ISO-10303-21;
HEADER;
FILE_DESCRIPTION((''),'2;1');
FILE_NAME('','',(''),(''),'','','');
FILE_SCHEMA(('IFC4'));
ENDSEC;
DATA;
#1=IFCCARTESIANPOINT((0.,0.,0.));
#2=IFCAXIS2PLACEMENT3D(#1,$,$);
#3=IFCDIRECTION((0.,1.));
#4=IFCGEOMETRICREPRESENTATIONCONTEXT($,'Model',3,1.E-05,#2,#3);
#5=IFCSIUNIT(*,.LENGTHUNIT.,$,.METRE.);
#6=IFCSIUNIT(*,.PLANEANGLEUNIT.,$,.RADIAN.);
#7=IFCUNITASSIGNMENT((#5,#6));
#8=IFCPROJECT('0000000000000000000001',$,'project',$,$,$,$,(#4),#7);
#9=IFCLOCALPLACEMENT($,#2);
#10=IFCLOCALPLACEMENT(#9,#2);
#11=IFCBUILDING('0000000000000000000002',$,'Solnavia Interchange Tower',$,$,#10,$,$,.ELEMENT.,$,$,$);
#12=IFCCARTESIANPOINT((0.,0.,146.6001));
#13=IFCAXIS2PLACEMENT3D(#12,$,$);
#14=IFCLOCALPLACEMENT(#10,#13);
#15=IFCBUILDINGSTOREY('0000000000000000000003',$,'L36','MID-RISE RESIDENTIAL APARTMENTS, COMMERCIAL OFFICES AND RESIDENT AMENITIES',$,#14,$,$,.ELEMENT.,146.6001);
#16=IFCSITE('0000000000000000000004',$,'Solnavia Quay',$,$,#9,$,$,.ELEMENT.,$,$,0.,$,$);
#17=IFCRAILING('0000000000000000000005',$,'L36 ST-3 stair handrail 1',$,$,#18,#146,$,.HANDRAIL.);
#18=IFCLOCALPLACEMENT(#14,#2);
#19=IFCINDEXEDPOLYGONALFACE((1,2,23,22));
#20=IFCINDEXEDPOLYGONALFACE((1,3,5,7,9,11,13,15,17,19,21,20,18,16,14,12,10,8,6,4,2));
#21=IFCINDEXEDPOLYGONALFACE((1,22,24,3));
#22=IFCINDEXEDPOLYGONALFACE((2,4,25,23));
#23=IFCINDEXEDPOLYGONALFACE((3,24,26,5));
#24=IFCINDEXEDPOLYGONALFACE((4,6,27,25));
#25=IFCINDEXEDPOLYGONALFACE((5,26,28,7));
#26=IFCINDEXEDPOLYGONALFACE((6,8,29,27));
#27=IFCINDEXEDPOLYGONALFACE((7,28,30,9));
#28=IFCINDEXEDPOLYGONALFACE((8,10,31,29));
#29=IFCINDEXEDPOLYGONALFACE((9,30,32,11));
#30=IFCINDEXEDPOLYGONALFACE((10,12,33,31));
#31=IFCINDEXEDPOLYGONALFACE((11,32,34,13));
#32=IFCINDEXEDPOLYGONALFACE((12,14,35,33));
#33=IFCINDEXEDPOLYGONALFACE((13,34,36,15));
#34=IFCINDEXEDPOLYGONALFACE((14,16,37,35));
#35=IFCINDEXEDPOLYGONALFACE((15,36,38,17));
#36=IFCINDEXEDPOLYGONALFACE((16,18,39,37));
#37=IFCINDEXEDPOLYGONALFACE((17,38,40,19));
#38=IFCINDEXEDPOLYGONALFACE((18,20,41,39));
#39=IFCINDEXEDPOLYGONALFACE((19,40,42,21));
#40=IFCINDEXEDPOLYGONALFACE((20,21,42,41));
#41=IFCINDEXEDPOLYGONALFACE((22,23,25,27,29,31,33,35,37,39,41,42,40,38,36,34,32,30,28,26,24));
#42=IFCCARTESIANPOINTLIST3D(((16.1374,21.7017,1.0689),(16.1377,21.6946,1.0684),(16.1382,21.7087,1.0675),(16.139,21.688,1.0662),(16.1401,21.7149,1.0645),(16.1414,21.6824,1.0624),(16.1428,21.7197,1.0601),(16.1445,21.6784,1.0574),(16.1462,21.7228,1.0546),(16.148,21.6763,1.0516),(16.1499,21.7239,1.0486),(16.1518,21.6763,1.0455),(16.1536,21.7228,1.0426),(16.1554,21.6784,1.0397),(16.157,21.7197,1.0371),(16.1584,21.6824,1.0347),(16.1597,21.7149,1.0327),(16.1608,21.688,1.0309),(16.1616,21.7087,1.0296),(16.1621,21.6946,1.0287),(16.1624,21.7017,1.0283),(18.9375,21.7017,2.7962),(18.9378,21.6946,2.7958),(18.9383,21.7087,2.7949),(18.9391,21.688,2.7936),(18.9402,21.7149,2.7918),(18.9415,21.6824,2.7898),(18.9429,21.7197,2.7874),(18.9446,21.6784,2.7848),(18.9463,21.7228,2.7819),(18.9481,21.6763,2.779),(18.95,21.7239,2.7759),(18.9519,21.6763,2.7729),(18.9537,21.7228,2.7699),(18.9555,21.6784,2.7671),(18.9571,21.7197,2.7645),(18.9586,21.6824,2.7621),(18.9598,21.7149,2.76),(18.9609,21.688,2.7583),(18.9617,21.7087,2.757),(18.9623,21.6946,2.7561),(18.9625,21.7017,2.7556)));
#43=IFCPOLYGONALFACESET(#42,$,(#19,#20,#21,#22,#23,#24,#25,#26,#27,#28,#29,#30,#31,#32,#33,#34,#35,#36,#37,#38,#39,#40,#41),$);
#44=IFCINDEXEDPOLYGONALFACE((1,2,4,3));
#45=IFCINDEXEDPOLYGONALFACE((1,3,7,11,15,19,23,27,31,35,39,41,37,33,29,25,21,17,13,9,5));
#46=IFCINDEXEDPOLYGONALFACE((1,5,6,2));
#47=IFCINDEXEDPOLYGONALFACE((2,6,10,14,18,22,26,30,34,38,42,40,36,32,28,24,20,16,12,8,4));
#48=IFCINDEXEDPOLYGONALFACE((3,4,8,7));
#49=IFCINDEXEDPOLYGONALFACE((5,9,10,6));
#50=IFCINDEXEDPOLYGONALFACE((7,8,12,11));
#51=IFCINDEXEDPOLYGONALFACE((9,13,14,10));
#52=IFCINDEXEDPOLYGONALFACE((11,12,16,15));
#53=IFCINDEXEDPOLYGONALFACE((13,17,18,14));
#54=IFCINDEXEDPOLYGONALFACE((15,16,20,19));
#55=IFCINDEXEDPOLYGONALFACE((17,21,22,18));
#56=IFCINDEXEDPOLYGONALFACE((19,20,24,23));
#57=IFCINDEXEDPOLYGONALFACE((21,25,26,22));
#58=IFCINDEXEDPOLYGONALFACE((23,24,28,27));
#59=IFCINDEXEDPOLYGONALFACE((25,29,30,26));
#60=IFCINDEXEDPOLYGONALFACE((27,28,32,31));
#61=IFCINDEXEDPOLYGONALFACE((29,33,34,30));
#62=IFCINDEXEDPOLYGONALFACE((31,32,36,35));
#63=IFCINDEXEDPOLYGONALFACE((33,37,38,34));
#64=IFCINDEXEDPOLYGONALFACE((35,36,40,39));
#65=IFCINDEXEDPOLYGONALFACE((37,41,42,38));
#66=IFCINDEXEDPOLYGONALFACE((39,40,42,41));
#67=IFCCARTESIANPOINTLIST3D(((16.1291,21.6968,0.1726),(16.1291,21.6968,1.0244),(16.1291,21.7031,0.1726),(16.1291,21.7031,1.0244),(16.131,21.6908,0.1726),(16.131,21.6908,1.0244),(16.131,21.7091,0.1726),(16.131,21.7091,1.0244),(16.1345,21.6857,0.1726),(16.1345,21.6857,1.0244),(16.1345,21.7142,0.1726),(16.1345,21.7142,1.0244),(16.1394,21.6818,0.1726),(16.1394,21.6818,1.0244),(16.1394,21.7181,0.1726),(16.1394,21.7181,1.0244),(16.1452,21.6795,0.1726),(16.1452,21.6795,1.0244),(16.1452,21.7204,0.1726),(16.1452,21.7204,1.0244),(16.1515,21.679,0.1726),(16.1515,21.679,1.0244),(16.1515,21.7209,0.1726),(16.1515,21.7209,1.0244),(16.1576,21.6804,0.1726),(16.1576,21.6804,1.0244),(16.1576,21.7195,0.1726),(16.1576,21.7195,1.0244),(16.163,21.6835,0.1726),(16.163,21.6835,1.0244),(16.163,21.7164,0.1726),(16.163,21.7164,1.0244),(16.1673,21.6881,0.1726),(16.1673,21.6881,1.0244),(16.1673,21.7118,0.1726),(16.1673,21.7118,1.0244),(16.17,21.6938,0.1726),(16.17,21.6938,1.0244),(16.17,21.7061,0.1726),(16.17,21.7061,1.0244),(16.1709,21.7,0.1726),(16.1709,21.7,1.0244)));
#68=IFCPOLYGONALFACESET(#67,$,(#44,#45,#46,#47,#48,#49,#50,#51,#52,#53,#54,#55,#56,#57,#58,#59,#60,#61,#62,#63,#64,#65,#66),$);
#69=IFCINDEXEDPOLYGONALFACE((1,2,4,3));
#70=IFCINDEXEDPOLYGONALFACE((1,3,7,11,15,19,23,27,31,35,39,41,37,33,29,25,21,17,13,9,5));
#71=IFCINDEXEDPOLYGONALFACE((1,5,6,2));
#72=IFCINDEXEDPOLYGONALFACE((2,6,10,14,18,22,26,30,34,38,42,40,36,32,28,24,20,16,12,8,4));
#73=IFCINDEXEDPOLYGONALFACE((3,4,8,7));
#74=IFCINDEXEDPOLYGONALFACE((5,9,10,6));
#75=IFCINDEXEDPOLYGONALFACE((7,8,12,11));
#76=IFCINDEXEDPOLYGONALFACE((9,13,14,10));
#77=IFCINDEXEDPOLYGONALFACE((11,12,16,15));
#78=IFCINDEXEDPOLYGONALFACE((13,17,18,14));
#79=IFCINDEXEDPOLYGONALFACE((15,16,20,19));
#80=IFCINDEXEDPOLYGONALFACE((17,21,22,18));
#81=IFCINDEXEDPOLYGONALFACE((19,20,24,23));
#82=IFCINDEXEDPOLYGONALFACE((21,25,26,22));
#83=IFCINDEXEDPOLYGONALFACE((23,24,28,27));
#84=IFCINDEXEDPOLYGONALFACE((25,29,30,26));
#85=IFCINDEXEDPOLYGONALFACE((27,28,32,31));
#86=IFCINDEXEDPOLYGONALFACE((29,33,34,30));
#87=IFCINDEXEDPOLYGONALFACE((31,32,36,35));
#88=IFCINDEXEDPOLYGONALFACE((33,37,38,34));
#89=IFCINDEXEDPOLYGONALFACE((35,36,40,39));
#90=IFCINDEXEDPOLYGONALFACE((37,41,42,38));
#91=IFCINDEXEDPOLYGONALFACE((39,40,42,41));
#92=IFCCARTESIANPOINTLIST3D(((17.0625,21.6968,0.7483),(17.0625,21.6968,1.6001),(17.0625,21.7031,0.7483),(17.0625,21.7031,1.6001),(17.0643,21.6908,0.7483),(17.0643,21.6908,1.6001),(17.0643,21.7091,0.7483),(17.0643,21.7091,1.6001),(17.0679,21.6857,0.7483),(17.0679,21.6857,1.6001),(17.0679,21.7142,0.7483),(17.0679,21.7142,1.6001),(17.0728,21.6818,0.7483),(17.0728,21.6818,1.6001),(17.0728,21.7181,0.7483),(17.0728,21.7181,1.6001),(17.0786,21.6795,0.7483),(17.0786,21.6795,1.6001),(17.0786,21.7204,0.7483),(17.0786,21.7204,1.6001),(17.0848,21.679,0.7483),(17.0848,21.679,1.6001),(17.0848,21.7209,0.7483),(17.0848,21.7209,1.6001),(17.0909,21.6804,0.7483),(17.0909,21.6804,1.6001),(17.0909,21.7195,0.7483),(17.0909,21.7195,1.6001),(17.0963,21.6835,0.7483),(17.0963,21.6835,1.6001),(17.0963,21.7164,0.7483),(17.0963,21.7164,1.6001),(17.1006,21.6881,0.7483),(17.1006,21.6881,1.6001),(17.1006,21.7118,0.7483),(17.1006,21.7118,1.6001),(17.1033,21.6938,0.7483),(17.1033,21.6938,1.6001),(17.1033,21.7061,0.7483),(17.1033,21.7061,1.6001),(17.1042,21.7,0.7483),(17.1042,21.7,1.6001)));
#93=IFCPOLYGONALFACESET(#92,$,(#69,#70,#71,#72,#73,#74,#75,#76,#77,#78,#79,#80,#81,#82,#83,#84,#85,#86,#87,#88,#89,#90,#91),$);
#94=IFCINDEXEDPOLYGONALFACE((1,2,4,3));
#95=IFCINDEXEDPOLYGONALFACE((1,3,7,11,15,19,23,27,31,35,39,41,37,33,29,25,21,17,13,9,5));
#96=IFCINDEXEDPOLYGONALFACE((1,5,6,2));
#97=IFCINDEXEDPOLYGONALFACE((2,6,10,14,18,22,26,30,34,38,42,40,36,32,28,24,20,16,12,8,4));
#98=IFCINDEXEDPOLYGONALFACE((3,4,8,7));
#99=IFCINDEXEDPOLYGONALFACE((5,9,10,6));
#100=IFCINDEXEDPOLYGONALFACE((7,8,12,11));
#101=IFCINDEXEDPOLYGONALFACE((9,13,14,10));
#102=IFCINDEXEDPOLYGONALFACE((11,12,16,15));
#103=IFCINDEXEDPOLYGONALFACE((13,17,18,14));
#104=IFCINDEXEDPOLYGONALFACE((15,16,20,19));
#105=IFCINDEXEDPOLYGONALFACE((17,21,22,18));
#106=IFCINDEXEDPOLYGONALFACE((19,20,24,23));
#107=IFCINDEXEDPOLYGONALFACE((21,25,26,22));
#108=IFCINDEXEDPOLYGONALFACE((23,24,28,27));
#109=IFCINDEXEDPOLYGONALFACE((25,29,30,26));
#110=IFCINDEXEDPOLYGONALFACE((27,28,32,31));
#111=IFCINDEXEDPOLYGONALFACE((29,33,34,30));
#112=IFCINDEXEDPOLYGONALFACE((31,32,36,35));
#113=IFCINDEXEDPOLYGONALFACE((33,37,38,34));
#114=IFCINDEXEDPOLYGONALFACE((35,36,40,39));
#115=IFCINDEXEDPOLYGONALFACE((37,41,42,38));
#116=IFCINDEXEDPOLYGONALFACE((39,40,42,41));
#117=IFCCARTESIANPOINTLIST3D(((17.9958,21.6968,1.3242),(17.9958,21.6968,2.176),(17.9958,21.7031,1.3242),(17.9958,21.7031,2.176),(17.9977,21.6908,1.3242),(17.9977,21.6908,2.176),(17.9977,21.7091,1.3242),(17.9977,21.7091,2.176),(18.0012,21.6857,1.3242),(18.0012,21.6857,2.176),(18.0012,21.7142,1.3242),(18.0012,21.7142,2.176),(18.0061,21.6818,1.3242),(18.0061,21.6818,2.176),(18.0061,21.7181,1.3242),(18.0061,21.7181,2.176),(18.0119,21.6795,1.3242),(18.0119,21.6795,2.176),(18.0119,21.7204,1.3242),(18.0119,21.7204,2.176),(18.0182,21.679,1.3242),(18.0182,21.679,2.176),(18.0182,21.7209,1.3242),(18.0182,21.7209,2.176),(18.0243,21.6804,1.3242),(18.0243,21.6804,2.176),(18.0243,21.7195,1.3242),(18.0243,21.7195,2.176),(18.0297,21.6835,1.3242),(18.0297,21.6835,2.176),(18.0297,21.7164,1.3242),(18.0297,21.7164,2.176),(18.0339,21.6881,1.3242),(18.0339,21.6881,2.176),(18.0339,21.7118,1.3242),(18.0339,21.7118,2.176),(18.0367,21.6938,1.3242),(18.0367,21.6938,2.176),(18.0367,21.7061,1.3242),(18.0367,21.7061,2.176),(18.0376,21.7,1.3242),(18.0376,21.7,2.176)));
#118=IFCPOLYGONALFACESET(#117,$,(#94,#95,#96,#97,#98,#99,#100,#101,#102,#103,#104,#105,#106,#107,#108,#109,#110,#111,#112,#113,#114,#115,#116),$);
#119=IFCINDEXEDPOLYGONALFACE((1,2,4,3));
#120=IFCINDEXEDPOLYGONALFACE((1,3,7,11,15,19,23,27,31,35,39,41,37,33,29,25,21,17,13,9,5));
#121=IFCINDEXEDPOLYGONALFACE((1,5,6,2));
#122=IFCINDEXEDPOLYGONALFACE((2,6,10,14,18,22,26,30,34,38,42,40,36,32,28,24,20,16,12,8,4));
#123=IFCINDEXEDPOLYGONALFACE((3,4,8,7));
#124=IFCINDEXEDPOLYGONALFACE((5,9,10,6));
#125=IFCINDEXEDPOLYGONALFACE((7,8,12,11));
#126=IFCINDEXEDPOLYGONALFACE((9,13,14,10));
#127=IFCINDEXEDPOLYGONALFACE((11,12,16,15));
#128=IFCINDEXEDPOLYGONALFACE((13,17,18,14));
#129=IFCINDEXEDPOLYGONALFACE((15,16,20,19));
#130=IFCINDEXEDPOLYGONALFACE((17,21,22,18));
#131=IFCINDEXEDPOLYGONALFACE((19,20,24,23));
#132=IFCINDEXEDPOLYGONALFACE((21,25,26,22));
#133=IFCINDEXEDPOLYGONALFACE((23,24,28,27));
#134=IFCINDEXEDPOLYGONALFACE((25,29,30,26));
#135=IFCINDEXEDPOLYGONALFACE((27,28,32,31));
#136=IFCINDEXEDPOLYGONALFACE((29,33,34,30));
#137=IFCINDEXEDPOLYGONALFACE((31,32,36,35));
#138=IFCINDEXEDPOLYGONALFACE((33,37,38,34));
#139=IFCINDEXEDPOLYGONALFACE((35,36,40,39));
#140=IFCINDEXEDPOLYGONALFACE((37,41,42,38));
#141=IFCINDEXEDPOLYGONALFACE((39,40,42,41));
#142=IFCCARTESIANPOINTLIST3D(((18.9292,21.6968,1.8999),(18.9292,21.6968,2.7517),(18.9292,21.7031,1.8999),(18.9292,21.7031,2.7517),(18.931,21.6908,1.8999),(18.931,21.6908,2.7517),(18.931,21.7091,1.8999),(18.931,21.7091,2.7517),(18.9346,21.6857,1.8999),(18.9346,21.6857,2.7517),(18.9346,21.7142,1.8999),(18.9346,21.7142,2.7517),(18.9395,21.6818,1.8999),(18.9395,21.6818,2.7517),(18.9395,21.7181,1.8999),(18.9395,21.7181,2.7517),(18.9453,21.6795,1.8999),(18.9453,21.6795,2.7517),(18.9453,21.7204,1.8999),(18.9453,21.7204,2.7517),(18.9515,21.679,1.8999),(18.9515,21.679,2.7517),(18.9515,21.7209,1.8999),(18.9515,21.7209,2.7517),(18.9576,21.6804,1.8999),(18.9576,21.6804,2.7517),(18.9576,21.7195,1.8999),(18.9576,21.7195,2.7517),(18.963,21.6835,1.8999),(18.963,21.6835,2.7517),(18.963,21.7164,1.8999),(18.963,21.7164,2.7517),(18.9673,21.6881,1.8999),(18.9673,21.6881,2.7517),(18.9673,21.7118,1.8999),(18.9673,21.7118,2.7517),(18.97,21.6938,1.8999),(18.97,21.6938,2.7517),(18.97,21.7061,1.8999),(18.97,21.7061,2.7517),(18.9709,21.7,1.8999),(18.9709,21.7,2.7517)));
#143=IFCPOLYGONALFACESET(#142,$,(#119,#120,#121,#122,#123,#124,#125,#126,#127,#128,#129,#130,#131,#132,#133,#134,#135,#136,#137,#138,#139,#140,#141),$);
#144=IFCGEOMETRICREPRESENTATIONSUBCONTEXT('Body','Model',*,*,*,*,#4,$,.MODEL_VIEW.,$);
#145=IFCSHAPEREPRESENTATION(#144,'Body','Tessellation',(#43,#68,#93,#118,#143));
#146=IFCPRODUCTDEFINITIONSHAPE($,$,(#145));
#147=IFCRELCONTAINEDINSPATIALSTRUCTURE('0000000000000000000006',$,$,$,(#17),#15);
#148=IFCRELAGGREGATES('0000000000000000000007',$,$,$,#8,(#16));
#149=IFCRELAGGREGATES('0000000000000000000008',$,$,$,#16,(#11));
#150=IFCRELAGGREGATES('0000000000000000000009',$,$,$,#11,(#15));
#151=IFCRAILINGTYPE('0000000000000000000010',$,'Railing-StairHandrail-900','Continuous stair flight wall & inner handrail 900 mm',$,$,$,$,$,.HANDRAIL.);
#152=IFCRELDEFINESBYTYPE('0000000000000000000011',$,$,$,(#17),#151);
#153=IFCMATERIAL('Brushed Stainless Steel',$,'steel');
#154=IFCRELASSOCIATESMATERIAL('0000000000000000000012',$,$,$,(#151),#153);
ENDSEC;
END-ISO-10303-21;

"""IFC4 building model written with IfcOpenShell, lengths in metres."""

from ifc_helpers import new_model, si_unit, direction, frame, origin, origin_2d, place, context, subcontext, project, spatial, circle, extrude, material, type_object, element, save


model = new_model("IFC4")

# Units and contexts
model_context = context("Model", 3, precision=1e-05, world=origin(), true_north=direction((0.0, 1.0)))
body_context = subcontext(model_context, "Body", "Model", "MODEL_VIEW")
ifc_project = project(units=[si_unit("LENGTHUNIT", "METRE"), si_unit("PLANEANGLEUNIT", "RADIAN")], contexts=[model_context])

# Site, building, storey
site_placement = place(None, origin())
site = spatial("IfcSite", under=ifc_project, at=site_placement, Name="Solnavia Quay", CompositionType="ELEMENT", RefElevation=0.0)
building_placement = place(site_placement, origin())
building = spatial("IfcBuilding", under=site, at=building_placement, Name="Solnavia Interchange Tower", CompositionType="ELEMENT")
storey_placement = place(building_placement, frame((0.0, 0.0, 146.6001)))
storey = spatial("IfcBuildingStorey", under=building, at=storey_placement, Name="L36", Description="MID-RISE RESIDENTIAL APARTMENTS, COMMERCIAL OFFICES AND RESIDENT AMENITIES", CompositionType="ELEMENT", Elevation=146.6001)

# Railing
ifc_material_1 = material(Name="Brushed Stainless Steel", Category="steel")
railing_type_1 = type_object("IfcRailingType", Name="Railing-StairHandrail-900", Description="Continuous stair flight wall & inner handrail 900 mm", PredefinedType="HANDRAIL", material=ifc_material_1)
railing_1_placement = place(storey_placement, frame((16.1499, 21.7, 0.1726)))
element("IfcRailing", 1, at=railing_1_placement, inside=storey, type_object=railing_type_1, Name="L36 ST-3 stair handrail 1", PredefinedType="HANDRAIL", context=body_context, shape_type="SweptSolid", body=[
    extrude(circle(Radius=0.0239, at=origin_2d()), frame((0.0, 0.0, 0.876), z_axis=(0.85109, 0.0, 0.52502), x_axis=(0.0, 1.0, 0.0)), (0.0, 0.0, 1.0), 3.29),
    extrude(circle(Radius=0.021, at=origin_2d()), origin(), (0.0, 0.0, 1.0), 0.8518),
    extrude(circle(Radius=0.021, at=origin_2d()), frame((0.9333, 0.0, 0.5757)), (0.0, 0.0, 1.0), 0.8518),
    extrude(circle(Radius=0.021, at=origin_2d()), frame((1.8667, 0.0, 1.1516)), (0.0, 0.0, 1.0), 0.8518),
    extrude(circle(Radius=0.021, at=origin_2d()), frame((2.8, 0.0, 1.7273)), (0.0, 0.0, 1.0), 0.8518),
])

save(model, "model.ifc")
